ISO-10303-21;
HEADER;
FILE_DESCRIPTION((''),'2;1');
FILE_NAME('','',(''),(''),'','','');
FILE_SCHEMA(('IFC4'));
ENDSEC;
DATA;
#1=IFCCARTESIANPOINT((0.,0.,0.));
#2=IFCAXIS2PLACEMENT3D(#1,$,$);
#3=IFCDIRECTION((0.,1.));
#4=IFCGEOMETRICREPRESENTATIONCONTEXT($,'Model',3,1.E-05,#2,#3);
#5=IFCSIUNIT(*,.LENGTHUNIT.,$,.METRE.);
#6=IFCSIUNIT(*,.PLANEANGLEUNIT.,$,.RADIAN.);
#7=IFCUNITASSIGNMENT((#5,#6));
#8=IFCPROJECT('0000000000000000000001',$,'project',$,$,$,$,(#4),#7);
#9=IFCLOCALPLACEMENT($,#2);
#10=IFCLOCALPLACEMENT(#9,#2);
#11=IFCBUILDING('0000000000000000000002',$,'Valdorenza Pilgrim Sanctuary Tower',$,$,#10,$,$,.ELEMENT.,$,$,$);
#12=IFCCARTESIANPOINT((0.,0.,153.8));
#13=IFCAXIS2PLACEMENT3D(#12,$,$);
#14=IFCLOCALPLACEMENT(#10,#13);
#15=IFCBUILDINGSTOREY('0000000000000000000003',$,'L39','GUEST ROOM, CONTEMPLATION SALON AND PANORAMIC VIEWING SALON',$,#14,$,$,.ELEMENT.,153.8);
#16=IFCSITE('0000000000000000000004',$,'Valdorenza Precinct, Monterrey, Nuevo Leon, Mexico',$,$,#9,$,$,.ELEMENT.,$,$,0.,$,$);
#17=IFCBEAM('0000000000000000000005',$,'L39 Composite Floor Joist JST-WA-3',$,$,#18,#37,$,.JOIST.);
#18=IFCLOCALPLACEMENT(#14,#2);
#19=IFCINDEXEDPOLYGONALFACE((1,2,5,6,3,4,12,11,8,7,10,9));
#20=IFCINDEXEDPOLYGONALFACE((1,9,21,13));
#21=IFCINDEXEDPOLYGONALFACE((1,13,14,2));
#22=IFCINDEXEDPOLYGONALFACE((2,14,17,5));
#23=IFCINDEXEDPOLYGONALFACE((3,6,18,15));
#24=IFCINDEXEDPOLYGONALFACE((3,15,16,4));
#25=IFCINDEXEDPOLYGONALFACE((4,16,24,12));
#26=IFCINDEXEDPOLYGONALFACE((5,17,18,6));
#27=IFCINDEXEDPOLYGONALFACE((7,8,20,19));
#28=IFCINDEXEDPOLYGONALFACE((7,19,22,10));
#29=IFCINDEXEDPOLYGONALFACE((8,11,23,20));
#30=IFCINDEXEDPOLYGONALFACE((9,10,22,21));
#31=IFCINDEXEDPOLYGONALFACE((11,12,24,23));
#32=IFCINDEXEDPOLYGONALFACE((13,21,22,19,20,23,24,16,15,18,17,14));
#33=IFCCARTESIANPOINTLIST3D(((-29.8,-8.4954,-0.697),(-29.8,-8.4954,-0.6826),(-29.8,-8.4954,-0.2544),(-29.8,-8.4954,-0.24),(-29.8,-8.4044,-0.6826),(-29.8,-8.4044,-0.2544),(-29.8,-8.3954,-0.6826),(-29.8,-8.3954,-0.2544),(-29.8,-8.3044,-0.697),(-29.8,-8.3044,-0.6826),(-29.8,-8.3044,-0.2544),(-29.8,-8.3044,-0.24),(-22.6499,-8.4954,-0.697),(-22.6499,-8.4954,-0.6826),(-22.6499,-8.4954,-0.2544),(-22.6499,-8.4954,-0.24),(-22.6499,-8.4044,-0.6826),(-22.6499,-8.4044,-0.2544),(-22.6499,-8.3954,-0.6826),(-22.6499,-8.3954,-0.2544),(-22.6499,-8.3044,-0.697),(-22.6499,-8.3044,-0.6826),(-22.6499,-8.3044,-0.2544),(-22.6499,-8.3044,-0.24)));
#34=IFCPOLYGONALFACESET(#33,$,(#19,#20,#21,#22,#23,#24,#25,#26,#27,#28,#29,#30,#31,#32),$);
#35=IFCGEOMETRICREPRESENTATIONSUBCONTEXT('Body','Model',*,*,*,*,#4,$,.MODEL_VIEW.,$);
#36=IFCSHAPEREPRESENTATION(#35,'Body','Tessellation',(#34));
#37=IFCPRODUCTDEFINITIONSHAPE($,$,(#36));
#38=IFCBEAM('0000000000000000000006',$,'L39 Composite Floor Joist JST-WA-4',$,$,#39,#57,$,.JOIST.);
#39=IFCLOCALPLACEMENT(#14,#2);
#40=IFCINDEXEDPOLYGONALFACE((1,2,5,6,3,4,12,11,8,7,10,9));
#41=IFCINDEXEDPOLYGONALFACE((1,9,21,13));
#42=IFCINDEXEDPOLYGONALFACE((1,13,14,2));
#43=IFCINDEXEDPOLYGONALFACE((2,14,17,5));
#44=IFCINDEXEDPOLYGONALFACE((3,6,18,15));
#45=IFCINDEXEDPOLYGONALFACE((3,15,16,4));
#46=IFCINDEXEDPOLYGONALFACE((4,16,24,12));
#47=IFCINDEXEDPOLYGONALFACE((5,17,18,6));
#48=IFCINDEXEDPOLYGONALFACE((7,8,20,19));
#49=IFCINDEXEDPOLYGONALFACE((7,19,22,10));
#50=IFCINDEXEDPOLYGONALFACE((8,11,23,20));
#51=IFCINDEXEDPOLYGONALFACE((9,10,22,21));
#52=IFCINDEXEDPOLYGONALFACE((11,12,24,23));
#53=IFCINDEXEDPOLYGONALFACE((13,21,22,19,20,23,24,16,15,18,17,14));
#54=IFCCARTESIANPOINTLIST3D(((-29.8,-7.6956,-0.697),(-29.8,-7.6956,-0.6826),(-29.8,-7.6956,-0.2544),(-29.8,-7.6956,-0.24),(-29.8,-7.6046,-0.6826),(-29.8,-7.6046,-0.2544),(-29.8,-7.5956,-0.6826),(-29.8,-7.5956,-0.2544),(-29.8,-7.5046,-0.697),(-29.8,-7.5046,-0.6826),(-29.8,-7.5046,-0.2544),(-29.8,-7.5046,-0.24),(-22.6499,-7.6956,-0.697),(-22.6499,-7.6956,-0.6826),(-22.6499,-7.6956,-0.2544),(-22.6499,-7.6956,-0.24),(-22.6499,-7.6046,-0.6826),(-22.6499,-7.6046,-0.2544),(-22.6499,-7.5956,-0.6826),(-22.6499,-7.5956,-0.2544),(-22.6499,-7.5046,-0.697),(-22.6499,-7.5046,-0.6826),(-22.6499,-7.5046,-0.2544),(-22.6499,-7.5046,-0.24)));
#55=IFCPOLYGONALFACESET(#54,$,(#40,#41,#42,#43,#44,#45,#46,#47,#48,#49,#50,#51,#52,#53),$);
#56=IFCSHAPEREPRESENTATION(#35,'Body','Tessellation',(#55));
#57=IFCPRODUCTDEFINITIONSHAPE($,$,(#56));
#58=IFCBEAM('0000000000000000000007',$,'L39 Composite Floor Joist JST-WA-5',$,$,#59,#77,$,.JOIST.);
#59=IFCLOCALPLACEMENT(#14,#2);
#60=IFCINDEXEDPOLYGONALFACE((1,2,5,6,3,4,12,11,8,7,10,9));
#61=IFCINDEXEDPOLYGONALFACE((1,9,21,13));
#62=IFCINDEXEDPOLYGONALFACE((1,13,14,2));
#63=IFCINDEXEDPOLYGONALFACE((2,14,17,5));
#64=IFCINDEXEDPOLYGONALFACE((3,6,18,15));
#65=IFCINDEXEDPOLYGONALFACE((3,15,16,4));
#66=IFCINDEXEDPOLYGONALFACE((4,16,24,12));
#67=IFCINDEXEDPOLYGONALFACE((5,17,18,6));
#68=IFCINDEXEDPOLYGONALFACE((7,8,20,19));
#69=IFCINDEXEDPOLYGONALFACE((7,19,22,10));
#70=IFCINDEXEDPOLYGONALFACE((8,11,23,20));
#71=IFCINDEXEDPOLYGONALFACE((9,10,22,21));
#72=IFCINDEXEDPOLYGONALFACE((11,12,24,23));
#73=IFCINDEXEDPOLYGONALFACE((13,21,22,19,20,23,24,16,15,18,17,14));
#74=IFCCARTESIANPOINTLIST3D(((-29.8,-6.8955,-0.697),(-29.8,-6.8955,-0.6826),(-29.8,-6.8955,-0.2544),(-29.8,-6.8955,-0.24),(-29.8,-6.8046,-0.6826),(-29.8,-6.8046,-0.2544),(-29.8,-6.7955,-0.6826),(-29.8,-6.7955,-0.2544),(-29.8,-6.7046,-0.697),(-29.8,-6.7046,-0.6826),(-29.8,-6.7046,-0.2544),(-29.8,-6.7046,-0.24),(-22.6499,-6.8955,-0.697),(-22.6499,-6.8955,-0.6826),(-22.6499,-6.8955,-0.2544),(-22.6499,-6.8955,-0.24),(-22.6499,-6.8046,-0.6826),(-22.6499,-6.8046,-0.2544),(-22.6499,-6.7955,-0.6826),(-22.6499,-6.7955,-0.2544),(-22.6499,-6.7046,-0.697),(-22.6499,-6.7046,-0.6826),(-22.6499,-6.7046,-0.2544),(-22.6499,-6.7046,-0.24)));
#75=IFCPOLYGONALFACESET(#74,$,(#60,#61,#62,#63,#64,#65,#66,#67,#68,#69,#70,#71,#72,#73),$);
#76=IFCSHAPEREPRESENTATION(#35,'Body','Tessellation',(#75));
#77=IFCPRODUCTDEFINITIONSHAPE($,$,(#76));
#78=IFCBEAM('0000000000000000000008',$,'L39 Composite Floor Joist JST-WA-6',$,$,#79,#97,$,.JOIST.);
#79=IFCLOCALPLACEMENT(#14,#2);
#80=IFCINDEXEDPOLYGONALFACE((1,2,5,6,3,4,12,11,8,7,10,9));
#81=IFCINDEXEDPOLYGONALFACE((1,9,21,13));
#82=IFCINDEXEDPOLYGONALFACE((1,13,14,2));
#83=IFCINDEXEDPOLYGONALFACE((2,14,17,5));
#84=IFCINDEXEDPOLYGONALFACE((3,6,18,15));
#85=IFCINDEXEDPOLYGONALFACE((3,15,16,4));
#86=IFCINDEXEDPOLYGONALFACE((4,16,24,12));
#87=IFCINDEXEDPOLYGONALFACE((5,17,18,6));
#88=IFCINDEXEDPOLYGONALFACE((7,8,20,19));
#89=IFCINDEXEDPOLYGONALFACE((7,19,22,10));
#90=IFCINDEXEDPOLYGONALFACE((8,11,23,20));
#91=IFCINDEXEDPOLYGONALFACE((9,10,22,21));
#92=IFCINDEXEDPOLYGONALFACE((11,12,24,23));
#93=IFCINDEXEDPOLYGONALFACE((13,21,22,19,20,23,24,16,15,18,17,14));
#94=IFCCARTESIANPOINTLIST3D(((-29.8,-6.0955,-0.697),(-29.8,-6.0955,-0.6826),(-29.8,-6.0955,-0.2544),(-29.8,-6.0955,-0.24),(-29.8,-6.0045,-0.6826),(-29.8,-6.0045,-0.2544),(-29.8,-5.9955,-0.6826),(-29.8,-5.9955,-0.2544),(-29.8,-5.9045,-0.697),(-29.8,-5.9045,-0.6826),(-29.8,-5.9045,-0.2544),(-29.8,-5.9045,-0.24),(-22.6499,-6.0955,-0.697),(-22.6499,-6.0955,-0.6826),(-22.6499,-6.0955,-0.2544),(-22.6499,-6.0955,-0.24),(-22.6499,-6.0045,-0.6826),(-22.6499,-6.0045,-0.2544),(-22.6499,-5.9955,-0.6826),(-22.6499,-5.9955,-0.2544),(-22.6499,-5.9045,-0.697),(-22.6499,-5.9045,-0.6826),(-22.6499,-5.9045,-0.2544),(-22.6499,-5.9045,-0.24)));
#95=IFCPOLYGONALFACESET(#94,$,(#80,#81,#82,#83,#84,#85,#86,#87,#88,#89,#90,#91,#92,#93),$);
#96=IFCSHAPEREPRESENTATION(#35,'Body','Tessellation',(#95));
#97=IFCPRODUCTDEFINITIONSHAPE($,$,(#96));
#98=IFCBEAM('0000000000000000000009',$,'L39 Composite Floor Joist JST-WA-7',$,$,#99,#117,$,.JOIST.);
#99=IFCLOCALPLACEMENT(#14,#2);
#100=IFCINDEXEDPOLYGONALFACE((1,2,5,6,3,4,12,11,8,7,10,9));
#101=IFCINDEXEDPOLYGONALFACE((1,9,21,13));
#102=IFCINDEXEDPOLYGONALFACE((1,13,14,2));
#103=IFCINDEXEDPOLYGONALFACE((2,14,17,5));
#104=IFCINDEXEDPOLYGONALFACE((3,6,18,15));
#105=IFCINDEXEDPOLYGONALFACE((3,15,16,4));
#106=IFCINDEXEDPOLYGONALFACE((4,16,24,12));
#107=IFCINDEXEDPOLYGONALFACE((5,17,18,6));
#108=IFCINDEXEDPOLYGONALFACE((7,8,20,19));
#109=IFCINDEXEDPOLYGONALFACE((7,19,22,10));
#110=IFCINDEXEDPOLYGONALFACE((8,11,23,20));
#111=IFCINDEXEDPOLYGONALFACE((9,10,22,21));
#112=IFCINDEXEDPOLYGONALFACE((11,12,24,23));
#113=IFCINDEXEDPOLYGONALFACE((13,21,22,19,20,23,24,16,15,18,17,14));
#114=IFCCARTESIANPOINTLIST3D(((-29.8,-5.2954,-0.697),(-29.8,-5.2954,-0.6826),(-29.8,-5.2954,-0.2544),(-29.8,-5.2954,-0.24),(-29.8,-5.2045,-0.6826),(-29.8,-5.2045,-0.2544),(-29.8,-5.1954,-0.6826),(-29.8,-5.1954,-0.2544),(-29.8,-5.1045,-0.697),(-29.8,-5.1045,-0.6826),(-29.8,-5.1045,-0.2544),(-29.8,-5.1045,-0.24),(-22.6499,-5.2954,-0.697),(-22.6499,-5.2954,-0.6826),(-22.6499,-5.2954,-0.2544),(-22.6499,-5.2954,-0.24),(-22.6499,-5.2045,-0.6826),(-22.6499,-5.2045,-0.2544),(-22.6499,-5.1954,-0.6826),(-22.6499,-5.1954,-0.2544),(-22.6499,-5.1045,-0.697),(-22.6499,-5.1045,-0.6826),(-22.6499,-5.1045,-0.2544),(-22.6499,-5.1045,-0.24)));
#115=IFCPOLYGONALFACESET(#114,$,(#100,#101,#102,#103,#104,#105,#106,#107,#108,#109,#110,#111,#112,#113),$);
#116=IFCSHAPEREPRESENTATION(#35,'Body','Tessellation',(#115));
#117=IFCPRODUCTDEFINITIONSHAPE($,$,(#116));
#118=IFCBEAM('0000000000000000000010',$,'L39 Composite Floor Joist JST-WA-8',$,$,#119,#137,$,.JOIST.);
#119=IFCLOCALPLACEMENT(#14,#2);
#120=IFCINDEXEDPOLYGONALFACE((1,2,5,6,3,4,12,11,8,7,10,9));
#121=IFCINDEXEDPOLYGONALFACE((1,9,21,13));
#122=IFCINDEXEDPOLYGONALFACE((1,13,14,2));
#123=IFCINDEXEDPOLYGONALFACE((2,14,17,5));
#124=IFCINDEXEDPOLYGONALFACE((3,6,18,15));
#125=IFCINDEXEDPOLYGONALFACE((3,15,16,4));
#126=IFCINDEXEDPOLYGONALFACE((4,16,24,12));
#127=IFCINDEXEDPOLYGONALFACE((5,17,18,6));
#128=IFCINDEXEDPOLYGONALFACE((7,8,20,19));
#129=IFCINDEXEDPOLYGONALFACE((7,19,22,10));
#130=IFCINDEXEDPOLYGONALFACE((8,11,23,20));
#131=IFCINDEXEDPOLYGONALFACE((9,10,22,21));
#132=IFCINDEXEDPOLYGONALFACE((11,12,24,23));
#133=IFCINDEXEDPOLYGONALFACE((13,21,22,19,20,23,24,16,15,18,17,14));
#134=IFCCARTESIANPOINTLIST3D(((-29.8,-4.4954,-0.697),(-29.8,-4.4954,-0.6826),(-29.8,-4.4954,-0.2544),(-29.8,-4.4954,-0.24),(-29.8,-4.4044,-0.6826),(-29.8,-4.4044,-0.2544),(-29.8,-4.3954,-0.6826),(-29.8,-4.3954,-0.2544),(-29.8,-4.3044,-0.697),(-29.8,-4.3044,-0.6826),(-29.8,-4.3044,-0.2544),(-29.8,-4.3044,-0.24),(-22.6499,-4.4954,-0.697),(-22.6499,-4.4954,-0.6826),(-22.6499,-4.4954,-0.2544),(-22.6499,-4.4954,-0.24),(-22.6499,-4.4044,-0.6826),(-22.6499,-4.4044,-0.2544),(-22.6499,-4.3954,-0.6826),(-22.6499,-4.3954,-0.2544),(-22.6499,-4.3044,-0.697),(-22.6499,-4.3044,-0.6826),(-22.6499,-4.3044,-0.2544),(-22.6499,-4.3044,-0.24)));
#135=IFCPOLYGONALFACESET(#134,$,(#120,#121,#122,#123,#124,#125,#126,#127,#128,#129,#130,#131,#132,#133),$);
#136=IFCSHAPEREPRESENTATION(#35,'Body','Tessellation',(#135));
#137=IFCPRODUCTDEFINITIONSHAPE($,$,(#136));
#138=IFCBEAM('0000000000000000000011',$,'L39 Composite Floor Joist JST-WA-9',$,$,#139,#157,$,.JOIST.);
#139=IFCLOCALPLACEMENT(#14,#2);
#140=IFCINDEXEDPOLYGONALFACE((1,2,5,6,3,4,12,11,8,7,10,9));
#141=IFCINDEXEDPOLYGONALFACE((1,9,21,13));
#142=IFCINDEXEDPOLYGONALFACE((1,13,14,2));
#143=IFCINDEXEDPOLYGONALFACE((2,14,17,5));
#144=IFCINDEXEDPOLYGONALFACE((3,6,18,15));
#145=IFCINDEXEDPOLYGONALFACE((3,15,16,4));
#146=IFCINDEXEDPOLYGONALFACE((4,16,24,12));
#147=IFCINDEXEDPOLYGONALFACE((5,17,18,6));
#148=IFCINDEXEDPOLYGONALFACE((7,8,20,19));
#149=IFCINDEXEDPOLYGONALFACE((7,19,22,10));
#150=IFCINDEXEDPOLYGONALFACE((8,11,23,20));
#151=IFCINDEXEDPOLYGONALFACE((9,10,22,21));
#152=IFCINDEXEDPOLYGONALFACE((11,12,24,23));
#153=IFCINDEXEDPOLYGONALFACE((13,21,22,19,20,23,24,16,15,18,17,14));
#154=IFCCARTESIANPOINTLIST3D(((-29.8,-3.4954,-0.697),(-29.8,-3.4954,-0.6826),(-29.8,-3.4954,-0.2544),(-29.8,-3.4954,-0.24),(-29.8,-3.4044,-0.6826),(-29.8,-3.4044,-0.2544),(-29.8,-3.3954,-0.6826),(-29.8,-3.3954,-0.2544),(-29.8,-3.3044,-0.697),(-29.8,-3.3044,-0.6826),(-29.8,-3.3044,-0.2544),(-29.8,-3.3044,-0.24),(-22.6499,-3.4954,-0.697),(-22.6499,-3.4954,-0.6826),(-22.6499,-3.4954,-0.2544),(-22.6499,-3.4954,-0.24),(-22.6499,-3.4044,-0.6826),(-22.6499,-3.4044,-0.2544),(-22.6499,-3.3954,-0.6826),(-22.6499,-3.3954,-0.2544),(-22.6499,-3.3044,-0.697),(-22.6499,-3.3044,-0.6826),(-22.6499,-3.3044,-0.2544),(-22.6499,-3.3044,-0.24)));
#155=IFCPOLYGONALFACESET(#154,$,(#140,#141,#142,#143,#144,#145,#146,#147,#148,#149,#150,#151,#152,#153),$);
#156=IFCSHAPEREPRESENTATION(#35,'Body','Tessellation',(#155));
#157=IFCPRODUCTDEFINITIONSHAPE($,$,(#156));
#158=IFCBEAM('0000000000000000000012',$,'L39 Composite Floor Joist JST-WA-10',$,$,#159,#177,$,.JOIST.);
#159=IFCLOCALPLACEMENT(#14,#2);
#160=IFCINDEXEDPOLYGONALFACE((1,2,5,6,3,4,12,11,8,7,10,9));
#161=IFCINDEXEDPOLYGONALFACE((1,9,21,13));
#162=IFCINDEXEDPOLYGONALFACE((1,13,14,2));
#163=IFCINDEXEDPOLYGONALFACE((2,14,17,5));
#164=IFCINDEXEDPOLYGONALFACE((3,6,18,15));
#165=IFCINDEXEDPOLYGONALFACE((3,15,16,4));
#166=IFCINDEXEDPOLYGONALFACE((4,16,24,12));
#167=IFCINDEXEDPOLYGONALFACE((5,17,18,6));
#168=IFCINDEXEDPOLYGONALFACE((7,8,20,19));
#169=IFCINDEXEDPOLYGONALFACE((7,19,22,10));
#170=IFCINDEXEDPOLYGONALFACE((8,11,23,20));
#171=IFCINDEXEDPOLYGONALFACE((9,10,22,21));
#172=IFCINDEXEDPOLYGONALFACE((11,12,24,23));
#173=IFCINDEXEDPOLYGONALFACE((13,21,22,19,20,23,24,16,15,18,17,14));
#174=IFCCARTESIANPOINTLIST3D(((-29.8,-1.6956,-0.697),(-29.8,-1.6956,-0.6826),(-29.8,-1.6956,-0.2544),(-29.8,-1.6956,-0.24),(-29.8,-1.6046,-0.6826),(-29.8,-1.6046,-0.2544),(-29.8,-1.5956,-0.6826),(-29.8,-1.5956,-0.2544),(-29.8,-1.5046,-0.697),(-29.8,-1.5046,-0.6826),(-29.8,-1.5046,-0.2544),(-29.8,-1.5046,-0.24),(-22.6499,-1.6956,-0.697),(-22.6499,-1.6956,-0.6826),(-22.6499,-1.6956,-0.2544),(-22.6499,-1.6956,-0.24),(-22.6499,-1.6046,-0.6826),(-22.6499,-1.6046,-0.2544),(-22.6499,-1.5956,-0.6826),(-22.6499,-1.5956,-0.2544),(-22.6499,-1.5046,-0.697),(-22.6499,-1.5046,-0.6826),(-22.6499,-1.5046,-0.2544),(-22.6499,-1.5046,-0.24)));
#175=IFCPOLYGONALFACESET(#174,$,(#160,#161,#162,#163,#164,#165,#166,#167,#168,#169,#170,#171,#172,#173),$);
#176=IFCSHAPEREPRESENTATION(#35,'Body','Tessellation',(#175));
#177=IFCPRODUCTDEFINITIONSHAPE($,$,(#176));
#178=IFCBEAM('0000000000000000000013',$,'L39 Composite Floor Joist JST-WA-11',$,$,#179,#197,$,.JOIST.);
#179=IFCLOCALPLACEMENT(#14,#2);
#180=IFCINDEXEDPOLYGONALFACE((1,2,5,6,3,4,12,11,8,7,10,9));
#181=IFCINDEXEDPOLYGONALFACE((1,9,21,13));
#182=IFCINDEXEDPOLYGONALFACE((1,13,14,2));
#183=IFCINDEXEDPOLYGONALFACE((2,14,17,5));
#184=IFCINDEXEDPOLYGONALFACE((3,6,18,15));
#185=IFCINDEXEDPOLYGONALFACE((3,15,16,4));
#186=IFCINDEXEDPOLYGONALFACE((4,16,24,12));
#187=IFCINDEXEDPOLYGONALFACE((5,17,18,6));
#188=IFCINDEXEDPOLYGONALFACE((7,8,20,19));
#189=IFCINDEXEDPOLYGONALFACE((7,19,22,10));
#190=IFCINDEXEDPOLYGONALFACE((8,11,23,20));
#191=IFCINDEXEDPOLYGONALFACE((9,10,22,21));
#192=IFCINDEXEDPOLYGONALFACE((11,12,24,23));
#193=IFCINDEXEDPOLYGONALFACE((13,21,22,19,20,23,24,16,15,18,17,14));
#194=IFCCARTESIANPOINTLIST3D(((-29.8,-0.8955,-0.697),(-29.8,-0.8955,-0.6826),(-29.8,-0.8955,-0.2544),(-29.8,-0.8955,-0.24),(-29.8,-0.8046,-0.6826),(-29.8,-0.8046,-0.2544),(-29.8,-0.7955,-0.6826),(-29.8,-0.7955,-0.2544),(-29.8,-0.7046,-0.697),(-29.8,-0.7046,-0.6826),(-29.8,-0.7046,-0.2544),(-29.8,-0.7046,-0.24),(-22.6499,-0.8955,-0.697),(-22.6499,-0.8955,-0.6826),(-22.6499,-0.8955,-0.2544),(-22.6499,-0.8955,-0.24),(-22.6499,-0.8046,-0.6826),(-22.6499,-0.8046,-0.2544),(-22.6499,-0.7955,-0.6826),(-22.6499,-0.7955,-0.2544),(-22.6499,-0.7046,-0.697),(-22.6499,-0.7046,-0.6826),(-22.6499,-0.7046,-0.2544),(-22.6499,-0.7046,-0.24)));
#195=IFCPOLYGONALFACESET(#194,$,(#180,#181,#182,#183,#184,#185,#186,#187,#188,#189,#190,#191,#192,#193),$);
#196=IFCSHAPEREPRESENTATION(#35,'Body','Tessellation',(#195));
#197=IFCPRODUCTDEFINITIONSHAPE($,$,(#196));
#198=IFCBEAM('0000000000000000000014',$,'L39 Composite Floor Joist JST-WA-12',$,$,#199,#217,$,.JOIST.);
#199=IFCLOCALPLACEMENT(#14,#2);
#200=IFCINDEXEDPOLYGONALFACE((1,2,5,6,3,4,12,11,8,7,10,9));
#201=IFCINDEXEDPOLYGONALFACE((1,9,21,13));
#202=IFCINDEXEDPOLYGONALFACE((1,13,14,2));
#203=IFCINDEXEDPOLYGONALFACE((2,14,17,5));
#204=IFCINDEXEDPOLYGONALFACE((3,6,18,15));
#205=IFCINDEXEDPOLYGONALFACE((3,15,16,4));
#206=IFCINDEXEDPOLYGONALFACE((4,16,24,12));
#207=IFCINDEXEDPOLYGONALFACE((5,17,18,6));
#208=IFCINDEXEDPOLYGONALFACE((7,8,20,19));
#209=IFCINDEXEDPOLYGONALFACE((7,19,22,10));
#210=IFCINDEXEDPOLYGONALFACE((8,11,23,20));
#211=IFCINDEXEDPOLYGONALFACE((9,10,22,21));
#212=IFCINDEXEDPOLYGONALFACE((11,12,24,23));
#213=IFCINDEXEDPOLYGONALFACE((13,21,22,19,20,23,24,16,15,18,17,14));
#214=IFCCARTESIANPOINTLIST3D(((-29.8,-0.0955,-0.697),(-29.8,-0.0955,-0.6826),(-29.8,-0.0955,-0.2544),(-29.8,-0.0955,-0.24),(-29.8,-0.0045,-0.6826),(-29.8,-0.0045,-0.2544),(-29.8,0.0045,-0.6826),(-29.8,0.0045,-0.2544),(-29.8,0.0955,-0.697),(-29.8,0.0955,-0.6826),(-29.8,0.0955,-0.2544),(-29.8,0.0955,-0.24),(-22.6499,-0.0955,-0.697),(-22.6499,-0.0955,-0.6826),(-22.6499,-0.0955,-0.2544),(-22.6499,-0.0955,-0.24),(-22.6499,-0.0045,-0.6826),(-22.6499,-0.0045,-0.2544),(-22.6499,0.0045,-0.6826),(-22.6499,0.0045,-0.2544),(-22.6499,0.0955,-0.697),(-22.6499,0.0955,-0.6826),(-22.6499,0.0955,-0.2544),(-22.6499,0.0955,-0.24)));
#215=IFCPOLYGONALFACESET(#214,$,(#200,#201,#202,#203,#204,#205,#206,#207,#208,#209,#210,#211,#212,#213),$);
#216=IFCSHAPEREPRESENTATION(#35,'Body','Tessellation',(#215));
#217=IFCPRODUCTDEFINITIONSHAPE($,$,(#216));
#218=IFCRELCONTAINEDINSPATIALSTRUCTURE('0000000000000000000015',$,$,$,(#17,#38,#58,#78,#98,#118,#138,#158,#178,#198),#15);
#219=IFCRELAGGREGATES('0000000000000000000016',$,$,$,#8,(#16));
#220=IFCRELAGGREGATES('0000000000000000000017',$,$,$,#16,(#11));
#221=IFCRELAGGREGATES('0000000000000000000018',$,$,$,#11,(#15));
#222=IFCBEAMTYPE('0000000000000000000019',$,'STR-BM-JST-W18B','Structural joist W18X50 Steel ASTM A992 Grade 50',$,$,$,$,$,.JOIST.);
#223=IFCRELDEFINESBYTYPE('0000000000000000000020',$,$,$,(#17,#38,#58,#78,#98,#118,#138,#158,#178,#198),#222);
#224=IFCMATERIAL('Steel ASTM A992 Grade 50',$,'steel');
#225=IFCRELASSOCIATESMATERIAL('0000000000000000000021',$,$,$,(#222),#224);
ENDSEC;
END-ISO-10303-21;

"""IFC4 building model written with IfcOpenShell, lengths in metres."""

from ifc_helpers import new_model, si_unit, direction, frame, origin, origin_2d, place, context, subcontext, project, spatial, i_section, extrude, source, transform, mapped, material, material_profile, profile_set, type_object, element, save


model = new_model("IFC4")

# Units and contexts
model_context = context("Model", 3, precision=1e-05, world=origin(), true_north=direction((0.0, 1.0)))
body_context = subcontext(model_context, "Body", "Model", "MODEL_VIEW")
ifc_project = project(units=[si_unit("LENGTHUNIT", "METRE"), si_unit("PLANEANGLEUNIT", "RADIAN")], contexts=[model_context])

# Site, building, storey
site_placement = place(None, origin())
site = spatial("IfcSite", under=ifc_project, at=site_placement, Name="Valdorenza Precinct, Monterrey, Nuevo Leon, Mexico", CompositionType="ELEMENT", RefElevation=0.0)
building_placement = place(site_placement, origin())
building = spatial("IfcBuilding", under=site, at=building_placement, Name="Valdorenza Pilgrim Sanctuary Tower", CompositionType="ELEMENT")
storey_placement = place(building_placement, frame((0.0, 0.0, 153.8)))
storey = spatial("IfcBuildingStorey", under=building, at=storey_placement, Name="L39", Description="GUEST ROOM, CONTEMPLATION SALON AND PANORAMIC VIEWING SALON", CompositionType="ELEMENT", Elevation=153.8)

# Beams
ifc_material_1 = material(Name="Steel ASTM A992 Grade 50", Category="steel")
ifc_material_profile_1 = material_profile(ifc_material_1, i_section(OverallWidth=0.1909, OverallDepth=0.457, WebThickness=0.009, FlangeThickness=0.0144, at=origin_2d()), Name="W18X50")
ifc_profile_set_1 = profile_set([ifc_material_profile_1], Name="Steel ASTM A992 Grade 50")
beam_type_1 = type_object("IfcBeamType", Name="STR-BM-JST-W18B", Description="Structural joist W18X50 Steel ASTM A992 Grade 50", PredefinedType="JOIST", material=ifc_profile_set_1)
shared_shape_1 = source(origin(), body_context, "Body", "SweptSolid", [
    extrude(i_section(OverallWidth=0.1909, OverallDepth=0.457, WebThickness=0.009, FlangeThickness=0.0144, at=origin_2d()), origin(), (0.0, 0.0, 1.0), 7.1501),
])
for number, where, z_axis, x_axis, name in (
    (1, (-29.8, -8.3999, -0.4685), (1.0, 0.0, 0.0), (0.0, 1.0, 0.0), "L39 Composite Floor Joist JST-WA-3"),
    (2, (-29.8, -7.6001, -0.4685), (1.0, 0.0, 0.0), (0.0, 1.0, 0.0), "L39 Composite Floor Joist JST-WA-4"),
    (3, (-29.8, -6.8, -0.4685), (1.0, 0.0, 0.0), (0.0, 1.0, 0.0), "L39 Composite Floor Joist JST-WA-5"),
    (4, (-29.8, -6.0, -0.4685), (1.0, 0.0, 0.0), (0.0, 1.0, 0.0), "L39 Composite Floor Joist JST-WA-6"),
    (5, (-29.8, -5.2, -0.4685), (1.0, 0.0, 0.0), (0.0, 1.0, 0.0), "L39 Composite Floor Joist JST-WA-7"),
    (6, (-29.8, -4.3999, -0.4685), (1.0, 0.0, 0.0), (0.0, 1.0, 0.0), "L39 Composite Floor Joist JST-WA-8"),
    (7, (-29.8, -3.3999, -0.4685), (1.0, 0.0, 0.0), (0.0, 1.0, 0.0), "L39 Composite Floor Joist JST-WA-9"),
    (8, (-29.8, -1.6001, -0.4685), (1.0, 0.0, 0.0), (0.0, 1.0, 0.0), "L39 Composite Floor Joist JST-WA-10"),
    (9, (-29.8, -0.8, -0.4685), (1.0, 0.0, 0.0), (0.0, 1.0, 0.0), "L39 Composite Floor Joist JST-WA-11"),
    (10, (-29.8, 0.0, -0.4685), (1.0, 0.0, 0.0), (0.0, 1.0, 0.0), "L39 Composite Floor Joist JST-WA-12"),
):
    element("IfcBeam", number, at=place(storey_placement, frame(where, z_axis=z_axis, x_axis=x_axis)), inside=storey, type_object=beam_type_1, Name=name, PredefinedType="JOIST", context=body_context, shape_type="MappedRepresentation", body=[
        mapped(shared_shape_1, transform((0.0, 0.0, 0.0), x_axis=(1.0, 0.0, 0.0), y_axis=(0.0, 1.0, 0.0), z_axis=(0.0, 0.0, 1.0), scale=1.0)),
    ])

save(model, "model.ifc")
